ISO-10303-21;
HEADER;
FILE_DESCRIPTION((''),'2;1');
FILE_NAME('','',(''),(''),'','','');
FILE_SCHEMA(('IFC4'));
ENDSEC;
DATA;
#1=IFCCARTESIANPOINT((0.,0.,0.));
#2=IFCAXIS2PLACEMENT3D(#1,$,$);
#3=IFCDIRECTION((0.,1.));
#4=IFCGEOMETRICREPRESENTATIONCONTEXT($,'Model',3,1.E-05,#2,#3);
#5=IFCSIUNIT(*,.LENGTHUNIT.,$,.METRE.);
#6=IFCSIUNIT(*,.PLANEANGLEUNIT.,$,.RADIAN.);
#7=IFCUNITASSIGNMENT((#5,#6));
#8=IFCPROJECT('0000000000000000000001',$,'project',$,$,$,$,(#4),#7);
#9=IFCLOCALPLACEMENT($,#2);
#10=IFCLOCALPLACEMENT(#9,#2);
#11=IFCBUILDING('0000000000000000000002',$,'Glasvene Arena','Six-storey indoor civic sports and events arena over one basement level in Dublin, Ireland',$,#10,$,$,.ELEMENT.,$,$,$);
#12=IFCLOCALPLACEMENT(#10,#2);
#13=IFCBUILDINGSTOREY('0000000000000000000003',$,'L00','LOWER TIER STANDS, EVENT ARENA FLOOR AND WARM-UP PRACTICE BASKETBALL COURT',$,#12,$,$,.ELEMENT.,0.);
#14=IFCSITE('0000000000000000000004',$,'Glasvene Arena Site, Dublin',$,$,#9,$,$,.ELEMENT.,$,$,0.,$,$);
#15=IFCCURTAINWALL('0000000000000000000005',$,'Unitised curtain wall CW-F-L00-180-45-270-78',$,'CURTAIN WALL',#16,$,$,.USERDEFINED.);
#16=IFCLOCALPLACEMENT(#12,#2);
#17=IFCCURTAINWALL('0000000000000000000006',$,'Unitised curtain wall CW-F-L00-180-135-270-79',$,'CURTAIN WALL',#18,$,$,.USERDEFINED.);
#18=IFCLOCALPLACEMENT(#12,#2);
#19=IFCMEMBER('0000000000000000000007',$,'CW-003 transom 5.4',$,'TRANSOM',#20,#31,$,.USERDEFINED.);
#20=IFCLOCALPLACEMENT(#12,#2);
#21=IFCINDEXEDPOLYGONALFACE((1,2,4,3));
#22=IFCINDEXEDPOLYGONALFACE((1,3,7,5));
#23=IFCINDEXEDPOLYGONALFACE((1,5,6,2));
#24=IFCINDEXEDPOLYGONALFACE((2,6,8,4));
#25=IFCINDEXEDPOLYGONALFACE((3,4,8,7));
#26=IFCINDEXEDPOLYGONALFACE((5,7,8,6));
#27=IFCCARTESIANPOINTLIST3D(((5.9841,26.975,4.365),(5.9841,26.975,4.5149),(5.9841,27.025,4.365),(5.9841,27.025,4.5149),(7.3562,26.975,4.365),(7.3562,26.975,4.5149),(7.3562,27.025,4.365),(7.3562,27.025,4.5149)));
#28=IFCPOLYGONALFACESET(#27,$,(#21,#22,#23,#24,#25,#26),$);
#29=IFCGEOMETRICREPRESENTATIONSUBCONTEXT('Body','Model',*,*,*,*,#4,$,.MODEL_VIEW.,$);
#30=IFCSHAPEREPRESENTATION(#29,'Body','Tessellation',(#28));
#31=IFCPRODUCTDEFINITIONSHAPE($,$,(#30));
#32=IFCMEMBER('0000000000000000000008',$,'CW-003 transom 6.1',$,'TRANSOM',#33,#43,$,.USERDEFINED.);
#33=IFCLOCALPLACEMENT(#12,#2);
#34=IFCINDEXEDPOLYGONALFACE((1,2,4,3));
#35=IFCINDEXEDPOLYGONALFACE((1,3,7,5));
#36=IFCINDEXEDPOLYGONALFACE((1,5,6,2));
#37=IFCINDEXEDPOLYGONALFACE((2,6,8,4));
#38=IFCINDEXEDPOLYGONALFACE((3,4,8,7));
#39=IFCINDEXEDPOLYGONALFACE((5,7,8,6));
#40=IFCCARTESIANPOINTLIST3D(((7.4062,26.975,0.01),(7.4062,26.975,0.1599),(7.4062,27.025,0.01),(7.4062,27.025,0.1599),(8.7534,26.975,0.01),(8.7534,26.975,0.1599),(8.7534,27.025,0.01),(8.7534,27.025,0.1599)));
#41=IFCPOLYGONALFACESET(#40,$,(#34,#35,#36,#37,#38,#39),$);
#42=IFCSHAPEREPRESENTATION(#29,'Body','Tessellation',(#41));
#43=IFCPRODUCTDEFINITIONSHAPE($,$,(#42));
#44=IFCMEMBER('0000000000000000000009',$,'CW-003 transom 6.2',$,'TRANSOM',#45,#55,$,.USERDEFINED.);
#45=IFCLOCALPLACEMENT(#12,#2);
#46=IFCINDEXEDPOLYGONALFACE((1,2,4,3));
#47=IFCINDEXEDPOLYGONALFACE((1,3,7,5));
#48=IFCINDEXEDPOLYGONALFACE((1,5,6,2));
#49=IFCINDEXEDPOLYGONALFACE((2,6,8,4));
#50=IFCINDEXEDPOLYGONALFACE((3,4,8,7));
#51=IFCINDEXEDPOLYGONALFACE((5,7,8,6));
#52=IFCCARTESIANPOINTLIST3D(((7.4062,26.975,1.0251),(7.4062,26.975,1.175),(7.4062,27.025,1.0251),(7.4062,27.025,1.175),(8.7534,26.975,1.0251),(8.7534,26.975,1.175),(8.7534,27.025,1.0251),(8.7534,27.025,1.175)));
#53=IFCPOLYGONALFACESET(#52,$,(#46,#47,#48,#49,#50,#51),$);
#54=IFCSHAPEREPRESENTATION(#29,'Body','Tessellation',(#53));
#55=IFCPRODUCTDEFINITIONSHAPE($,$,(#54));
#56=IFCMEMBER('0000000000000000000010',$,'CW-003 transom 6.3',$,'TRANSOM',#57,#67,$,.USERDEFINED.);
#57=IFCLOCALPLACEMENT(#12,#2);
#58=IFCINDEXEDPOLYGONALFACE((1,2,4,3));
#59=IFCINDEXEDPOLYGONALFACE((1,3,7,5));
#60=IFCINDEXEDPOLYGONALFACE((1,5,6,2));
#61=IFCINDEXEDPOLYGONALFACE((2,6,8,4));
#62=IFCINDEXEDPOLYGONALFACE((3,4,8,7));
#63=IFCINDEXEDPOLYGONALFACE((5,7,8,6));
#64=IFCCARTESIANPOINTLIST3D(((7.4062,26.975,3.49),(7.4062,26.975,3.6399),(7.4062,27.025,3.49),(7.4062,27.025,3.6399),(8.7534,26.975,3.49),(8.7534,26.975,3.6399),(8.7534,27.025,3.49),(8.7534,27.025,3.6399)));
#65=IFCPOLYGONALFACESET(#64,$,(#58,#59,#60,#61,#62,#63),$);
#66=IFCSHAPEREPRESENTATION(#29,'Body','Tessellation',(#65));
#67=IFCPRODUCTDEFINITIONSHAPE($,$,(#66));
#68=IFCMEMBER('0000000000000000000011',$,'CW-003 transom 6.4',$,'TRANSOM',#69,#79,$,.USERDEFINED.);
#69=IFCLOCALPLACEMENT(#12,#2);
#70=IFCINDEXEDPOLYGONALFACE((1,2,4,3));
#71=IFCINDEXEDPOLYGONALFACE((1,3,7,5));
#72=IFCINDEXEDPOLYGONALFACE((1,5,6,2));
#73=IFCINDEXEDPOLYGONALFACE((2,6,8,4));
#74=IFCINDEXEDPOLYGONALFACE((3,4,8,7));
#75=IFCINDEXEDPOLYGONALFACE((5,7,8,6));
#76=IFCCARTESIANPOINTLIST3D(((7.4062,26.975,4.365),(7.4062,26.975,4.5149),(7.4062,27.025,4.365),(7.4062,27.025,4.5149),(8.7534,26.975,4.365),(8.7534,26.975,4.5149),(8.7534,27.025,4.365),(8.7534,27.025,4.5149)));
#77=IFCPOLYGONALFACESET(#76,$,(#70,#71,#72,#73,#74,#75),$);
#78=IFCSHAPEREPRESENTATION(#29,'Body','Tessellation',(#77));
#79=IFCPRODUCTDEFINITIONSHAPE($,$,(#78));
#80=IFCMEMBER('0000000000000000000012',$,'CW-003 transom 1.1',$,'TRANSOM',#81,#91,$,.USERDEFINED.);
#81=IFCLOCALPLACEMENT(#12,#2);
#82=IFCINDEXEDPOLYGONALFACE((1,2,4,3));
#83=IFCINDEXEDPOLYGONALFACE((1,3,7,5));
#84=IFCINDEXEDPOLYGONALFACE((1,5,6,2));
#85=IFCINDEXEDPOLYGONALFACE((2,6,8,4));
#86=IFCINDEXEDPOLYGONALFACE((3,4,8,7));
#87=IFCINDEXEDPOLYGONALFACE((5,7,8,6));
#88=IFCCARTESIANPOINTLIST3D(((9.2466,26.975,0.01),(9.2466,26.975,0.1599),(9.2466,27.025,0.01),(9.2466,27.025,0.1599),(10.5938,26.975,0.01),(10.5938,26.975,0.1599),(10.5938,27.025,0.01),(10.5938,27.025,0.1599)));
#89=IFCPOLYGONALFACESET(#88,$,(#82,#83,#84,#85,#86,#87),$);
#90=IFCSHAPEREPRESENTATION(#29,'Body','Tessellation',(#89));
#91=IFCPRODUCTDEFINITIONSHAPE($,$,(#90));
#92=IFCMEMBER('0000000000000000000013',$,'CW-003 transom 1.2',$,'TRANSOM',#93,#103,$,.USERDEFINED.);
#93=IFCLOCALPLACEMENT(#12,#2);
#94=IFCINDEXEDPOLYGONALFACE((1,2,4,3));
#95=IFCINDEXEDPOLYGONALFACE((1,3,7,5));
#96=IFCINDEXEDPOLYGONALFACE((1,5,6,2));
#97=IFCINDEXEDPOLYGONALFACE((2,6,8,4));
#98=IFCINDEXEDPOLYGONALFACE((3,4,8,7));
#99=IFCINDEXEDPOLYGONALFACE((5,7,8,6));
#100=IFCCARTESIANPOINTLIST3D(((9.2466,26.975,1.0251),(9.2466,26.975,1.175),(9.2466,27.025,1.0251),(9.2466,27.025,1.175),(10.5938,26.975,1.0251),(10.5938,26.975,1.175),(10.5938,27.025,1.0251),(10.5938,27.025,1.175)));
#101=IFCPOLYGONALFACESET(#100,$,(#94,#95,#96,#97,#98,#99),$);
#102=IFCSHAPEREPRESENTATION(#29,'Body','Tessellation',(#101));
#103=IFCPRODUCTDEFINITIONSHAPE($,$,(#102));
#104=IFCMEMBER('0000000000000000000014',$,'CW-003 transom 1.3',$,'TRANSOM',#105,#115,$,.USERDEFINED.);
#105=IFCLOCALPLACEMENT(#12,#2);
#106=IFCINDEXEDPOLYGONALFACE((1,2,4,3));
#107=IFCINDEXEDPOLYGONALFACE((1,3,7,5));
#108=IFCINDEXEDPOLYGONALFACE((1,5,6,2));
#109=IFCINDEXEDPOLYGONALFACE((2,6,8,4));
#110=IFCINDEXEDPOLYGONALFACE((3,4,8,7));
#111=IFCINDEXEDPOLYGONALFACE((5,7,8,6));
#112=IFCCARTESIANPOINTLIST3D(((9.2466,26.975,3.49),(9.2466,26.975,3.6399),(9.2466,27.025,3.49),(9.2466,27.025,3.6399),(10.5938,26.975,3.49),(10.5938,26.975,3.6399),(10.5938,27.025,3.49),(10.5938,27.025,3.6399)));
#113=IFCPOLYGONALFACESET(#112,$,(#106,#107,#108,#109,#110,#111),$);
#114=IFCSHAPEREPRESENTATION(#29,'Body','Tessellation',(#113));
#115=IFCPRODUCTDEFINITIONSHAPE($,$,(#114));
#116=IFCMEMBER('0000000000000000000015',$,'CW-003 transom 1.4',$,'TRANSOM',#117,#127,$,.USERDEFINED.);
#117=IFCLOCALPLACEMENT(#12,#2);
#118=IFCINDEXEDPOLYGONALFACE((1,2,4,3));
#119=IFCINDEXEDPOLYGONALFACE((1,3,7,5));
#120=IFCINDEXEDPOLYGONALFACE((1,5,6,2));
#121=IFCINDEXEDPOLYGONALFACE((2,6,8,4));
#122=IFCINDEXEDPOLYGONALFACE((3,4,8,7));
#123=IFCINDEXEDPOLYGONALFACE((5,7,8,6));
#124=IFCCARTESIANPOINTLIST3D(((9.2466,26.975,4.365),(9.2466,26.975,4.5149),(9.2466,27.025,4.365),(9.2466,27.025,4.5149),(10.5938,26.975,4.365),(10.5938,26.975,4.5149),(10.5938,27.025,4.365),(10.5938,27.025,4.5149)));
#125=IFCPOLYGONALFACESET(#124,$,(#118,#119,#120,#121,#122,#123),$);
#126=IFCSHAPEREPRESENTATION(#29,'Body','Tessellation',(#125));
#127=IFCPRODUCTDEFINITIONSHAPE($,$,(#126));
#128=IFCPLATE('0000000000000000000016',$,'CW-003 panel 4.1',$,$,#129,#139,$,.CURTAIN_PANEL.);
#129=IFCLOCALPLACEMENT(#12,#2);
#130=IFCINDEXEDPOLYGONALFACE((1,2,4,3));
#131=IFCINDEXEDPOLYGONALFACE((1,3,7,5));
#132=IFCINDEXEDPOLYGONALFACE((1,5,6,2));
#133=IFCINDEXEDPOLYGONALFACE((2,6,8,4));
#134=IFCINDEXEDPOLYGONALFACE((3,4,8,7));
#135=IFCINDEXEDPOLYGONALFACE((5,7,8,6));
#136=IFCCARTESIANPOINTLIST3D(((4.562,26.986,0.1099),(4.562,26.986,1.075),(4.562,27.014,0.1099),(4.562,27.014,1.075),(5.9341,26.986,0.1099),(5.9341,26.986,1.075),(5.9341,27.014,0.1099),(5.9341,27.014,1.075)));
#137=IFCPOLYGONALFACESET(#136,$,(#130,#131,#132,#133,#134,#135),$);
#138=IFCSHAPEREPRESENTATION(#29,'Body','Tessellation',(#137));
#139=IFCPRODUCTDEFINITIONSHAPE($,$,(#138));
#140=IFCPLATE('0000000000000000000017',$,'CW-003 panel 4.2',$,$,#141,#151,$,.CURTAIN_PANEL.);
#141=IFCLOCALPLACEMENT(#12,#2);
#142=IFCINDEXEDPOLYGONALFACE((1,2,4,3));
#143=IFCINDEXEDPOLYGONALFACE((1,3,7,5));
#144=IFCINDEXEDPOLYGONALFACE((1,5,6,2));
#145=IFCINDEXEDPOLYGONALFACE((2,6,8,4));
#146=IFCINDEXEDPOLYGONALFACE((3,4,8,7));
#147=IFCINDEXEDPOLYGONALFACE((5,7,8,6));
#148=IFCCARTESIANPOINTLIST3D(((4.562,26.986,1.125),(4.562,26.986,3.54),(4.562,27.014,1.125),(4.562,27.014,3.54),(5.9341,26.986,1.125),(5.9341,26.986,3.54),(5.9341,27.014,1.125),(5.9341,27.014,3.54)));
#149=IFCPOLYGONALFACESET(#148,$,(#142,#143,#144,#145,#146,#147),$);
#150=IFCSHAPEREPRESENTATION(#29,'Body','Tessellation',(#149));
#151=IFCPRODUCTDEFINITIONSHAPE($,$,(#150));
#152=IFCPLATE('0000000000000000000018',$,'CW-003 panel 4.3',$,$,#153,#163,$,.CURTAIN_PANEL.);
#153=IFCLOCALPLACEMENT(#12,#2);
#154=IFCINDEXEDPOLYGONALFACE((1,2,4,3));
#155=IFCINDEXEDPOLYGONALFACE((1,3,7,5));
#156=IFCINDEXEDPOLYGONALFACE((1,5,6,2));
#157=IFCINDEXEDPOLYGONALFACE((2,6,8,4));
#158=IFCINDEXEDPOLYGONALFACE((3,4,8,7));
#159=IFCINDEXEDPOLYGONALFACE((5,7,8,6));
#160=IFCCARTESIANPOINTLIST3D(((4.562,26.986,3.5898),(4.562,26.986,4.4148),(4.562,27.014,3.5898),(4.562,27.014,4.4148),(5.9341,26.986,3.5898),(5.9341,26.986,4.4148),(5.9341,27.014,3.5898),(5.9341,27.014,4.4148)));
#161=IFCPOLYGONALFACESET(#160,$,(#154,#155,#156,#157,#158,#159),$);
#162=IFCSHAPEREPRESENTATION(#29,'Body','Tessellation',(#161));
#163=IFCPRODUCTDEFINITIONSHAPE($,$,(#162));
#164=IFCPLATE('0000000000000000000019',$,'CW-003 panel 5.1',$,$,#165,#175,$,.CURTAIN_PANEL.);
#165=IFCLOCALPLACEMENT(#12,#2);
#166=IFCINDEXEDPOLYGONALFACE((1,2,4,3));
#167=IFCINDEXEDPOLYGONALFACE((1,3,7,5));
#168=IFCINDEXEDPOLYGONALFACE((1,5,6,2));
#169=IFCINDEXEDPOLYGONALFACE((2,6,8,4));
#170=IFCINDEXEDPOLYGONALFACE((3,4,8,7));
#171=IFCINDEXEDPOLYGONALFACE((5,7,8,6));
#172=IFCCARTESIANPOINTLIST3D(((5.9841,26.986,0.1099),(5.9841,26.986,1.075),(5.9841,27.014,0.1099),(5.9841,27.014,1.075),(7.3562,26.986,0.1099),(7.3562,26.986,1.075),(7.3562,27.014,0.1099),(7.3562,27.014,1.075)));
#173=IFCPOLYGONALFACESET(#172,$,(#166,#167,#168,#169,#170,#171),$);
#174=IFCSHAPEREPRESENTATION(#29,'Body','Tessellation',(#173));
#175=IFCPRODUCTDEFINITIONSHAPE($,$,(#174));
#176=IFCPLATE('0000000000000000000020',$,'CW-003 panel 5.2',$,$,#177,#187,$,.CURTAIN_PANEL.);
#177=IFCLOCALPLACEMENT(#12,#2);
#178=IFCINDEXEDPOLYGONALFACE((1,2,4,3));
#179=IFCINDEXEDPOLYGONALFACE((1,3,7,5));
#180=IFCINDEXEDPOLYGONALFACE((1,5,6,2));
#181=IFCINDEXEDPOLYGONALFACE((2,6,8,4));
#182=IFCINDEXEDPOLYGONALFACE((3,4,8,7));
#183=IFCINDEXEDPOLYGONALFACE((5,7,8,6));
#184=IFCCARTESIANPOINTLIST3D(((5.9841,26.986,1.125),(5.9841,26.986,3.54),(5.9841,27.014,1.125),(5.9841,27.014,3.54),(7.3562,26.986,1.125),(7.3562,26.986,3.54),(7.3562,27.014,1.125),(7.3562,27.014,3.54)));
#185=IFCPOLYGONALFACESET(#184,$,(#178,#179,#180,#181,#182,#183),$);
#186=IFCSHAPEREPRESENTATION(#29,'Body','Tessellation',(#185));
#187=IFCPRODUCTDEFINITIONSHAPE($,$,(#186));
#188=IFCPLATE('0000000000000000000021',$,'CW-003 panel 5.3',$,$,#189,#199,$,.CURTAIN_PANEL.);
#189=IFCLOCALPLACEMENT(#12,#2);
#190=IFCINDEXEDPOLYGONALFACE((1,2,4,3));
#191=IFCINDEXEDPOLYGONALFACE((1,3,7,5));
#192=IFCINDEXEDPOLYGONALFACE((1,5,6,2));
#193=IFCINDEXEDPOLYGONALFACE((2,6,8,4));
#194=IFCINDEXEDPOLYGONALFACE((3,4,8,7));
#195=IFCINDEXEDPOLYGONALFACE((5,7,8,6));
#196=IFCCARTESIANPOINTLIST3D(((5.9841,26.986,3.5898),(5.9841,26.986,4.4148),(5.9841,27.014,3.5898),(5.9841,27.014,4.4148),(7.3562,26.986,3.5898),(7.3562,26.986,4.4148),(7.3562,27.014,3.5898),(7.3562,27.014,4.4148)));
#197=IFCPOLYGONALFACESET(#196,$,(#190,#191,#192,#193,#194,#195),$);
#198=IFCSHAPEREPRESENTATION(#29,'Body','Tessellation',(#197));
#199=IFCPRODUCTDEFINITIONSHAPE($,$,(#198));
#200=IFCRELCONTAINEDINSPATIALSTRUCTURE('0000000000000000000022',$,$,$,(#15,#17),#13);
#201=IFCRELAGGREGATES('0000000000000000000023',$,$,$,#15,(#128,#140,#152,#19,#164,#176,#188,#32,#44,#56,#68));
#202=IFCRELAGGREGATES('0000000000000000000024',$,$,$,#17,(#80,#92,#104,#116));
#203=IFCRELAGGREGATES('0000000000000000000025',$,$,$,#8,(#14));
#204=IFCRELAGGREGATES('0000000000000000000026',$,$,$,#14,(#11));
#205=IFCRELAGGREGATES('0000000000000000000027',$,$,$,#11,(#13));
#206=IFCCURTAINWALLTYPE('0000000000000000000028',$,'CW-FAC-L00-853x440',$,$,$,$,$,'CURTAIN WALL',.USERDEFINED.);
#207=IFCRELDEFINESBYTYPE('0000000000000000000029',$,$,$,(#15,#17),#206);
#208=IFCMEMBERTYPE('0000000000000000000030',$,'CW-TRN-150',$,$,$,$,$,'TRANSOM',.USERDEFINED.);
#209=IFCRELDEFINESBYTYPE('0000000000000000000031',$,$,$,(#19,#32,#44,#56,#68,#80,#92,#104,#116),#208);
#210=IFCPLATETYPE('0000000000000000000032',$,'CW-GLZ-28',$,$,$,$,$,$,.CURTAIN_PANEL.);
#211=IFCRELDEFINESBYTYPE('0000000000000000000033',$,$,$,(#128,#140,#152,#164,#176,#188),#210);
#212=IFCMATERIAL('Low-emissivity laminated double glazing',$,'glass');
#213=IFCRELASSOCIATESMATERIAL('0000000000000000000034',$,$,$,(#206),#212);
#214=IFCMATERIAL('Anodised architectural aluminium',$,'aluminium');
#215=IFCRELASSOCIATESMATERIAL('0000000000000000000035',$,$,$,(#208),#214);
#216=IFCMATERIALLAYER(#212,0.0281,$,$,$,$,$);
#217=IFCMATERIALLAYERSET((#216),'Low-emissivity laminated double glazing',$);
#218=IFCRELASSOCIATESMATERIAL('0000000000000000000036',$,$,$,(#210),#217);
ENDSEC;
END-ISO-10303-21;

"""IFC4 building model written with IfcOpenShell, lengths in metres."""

from ifc_helpers import new_model, si_unit, direction, frame, origin, origin_2d, place, context, subcontext, project, spatial, rectangle, extrude, material, layer, layer_set, material_profile, profile_set, type_object, element, aggregate, save


model = new_model("IFC4")

# Units and contexts
model_context = context("Model", 3, precision=1e-05, world=origin(), true_north=direction((0.0, 1.0)))
body_context = subcontext(model_context, "Body", "Model", "MODEL_VIEW")
ifc_project = project(units=[si_unit("LENGTHUNIT", "METRE"), si_unit("PLANEANGLEUNIT", "RADIAN")], contexts=[model_context])

# Site, building, storey
site_placement = place(None, origin())
site = spatial("IfcSite", under=ifc_project, at=site_placement, Name="Glasvene Arena Site, Dublin", CompositionType="ELEMENT", RefElevation=0.0)
building_placement = place(site_placement, origin())
building = spatial("IfcBuilding", under=site, at=building_placement, Name="Glasvene Arena", Description="Six-storey indoor civic sports and events arena over one basement level in Dublin, Ireland", CompositionType="ELEMENT")
storey_placement = place(building_placement, origin())
storey = spatial("IfcBuildingStorey", under=building, at=storey_placement, Name="L00", Description="LOWER TIER STANDS, EVENT ARENA FLOOR AND WARM-UP PRACTICE BASKETBALL COURT", CompositionType="ELEMENT", Elevation=0.0)

# Curtain wall
ifc_material_1 = material(Name="Low-emissivity laminated double glazing", Category="glass")
curtain_wall_type = type_object("IfcCurtainWallType", Name="CW-FAC-L00-853x440", ElementType="CURTAIN WALL", PredefinedType="USERDEFINED", material=ifc_material_1)
curtain_wall_1_placement = place(storey_placement, frame((0.2705, 27.0, 0.0)))
curtain_wall_1 = element("IfcCurtainWall", 1, at=curtain_wall_1_placement, inside=storey, type_object=curtain_wall_type, Name="Unitised curtain wall CW-F-L00-180-45-270-78", ObjectType="CURTAIN WALL", PredefinedType="USERDEFINED")
ifc_material_2 = material(Name="Anodised architectural aluminium", Category="aluminium")

# Curtain wall
curtain_wall_2_placement = place(storey_placement, frame((9.1965, 27.0, 0.0)))
curtain_wall_2 = element("IfcCurtainWall", 2, at=curtain_wall_2_placement, inside=storey, type_object=curtain_wall_type, Name="Unitised curtain wall CW-F-L00-180-135-270-79", ObjectType="CURTAIN WALL", PredefinedType="USERDEFINED")

# Members
ifc_material_profile_1 = material_profile(ifc_material_2, rectangle(XDim=0.05, YDim=0.1499, at=origin_2d()), Name="ALU TRANSOM 50x150")
ifc_profile_set_1 = profile_set([ifc_material_profile_1], Name="Anodised architectural aluminium")
member_type_1 = type_object("IfcMemberType", Name="CW-TRN-150", ElementType="TRANSOM", PredefinedType="USERDEFINED", material=ifc_profile_set_1)
member_1_placement = place(storey_placement, frame((5.9841, 27.0, 4.4399), z_axis=(1.0, 0.0, 0.0), x_axis=(0.0, 1.0, 0.0)))
member_1 = element("IfcMember", 3, at=member_1_placement, type_object=member_type_1, Name="CW-003 transom 5.4", ObjectType="TRANSOM", PredefinedType="USERDEFINED", context=body_context, shape_type="SweptSolid", body=[
    extrude(rectangle(XDim=0.05, YDim=0.1499, at=origin_2d()), origin(), (0.0, 0.0, 1.0), 1.3721),
])
member_2_placement = place(storey_placement, frame((7.4062, 27.0, 0.085), z_axis=(1.0, 0.0, 0.0), x_axis=(0.0, 1.0, 0.0)))
member_2 = element("IfcMember", 4, at=member_2_placement, type_object=member_type_1, Name="CW-003 transom 6.1", ObjectType="TRANSOM", PredefinedType="USERDEFINED", context=body_context, shape_type="SweptSolid", body=[
    extrude(rectangle(XDim=0.05, YDim=0.1499, at=origin_2d()), origin(), (0.0, 0.0, 1.0), 1.3472),
])
member_3_placement = place(storey_placement, frame((7.4062, 27.0, 1.1001), z_axis=(1.0, 0.0, 0.0), x_axis=(0.0, 1.0, 0.0)))
member_3 = element("IfcMember", 5, at=member_3_placement, type_object=member_type_1, Name="CW-003 transom 6.2", ObjectType="TRANSOM", PredefinedType="USERDEFINED", context=body_context, shape_type="SweptSolid", body=[
    extrude(rectangle(XDim=0.05, YDim=0.1499, at=origin_2d()), origin(), (0.0, 0.0, 1.0), 1.3472),
])
member_4_placement = place(storey_placement, frame((7.4062, 27.0, 3.5649), z_axis=(1.0, 0.0, 0.0), x_axis=(0.0, 1.0, 0.0)))
member_4 = element("IfcMember", 6, at=member_4_placement, type_object=member_type_1, Name="CW-003 transom 6.3", ObjectType="TRANSOM", PredefinedType="USERDEFINED", context=body_context, shape_type="SweptSolid", body=[
    extrude(rectangle(XDim=0.05, YDim=0.1499, at=origin_2d()), origin(), (0.0, 0.0, 1.0), 1.3472),
])
member_5_placement = place(storey_placement, frame((7.4062, 27.0, 4.4399), z_axis=(1.0, 0.0, 0.0), x_axis=(0.0, 1.0, 0.0)))
member_5 = element("IfcMember", 7, at=member_5_placement, type_object=member_type_1, Name="CW-003 transom 6.4", ObjectType="TRANSOM", PredefinedType="USERDEFINED", context=body_context, shape_type="SweptSolid", body=[
    extrude(rectangle(XDim=0.05, YDim=0.1499, at=origin_2d()), origin(), (0.0, 0.0, 1.0), 1.3472),
])
member_6_placement = place(storey_placement, frame((9.2466, 27.0, 0.085), z_axis=(1.0, 0.0, 0.0), x_axis=(0.0, 1.0, 0.0)))
member_6 = element("IfcMember", 8, at=member_6_placement, type_object=member_type_1, Name="CW-003 transom 1.1", ObjectType="TRANSOM", PredefinedType="USERDEFINED", context=body_context, shape_type="SweptSolid", body=[
    extrude(rectangle(XDim=0.05, YDim=0.1499, at=origin_2d()), origin(), (0.0, 0.0, 1.0), 1.3472),
])
member_7_placement = place(storey_placement, frame((9.2466, 27.0, 1.1001), z_axis=(1.0, 0.0, 0.0), x_axis=(0.0, 1.0, 0.0)))
member_7 = element("IfcMember", 9, at=member_7_placement, type_object=member_type_1, Name="CW-003 transom 1.2", ObjectType="TRANSOM", PredefinedType="USERDEFINED", context=body_context, shape_type="SweptSolid", body=[
    extrude(rectangle(XDim=0.05, YDim=0.1499, at=origin_2d()), origin(), (0.0, 0.0, 1.0), 1.3472),
])
member_8_placement = place(storey_placement, frame((9.2466, 27.0, 3.5649), z_axis=(1.0, 0.0, 0.0), x_axis=(0.0, 1.0, 0.0)))
member_8 = element("IfcMember", 10, at=member_8_placement, type_object=member_type_1, Name="CW-003 transom 1.3", ObjectType="TRANSOM", PredefinedType="USERDEFINED", context=body_context, shape_type="SweptSolid", body=[
    extrude(rectangle(XDim=0.05, YDim=0.1499, at=origin_2d()), origin(), (0.0, 0.0, 1.0), 1.3472),
])
member_9_placement = place(storey_placement, frame((9.2466, 27.0, 4.4399), z_axis=(1.0, 0.0, 0.0), x_axis=(0.0, 1.0, 0.0)))
member_9 = element("IfcMember", 11, at=member_9_placement, type_object=member_type_1, Name="CW-003 transom 1.4", ObjectType="TRANSOM", PredefinedType="USERDEFINED", context=body_context, shape_type="SweptSolid", body=[
    extrude(rectangle(XDim=0.05, YDim=0.1499, at=origin_2d()), origin(), (0.0, 0.0, 1.0), 1.3472),
])

# Plates
ifc_layer = layer(ifc_material_1, 0.0281)
ifc_layer_set = layer_set([ifc_layer], Name="Low-emissivity laminated double glazing")
plate_type = type_object("IfcPlateType", Name="CW-GLZ-28", PredefinedType="CURTAIN_PANEL", material=ifc_layer_set)
plate_1_placement = place(storey_placement, frame((5.248, 27.0, 0.1099), z_axis=(0.0, 0.0, 1.0), x_axis=(1.0, 0.0, 0.0)))
plate_1 = element("IfcPlate", 12, at=plate_1_placement, type_object=plate_type, Name="CW-003 panel 4.1", PredefinedType="CURTAIN_PANEL", context=body_context, shape_type="SweptSolid", body=[
    extrude(rectangle(XDim=1.3721, YDim=0.0281, at=origin_2d()), origin(), (0.0, 0.0, 1.0), 0.9651),
])
plate_2_placement = place(storey_placement, frame((5.248, 27.0, 1.125), z_axis=(0.0, 0.0, 1.0), x_axis=(1.0, 0.0, 0.0)))
plate_2 = element("IfcPlate", 13, at=plate_2_placement, type_object=plate_type, Name="CW-003 panel 4.2", PredefinedType="CURTAIN_PANEL", context=body_context, shape_type="SweptSolid", body=[
    extrude(rectangle(XDim=1.3721, YDim=0.0281, at=origin_2d()), origin(), (0.0, 0.0, 1.0), 2.415),
])
plate_3_placement = place(storey_placement, frame((5.248, 27.0, 3.5898), z_axis=(0.0, 0.0, 1.0), x_axis=(1.0, 0.0, 0.0)))
plate_3 = element("IfcPlate", 14, at=plate_3_placement, type_object=plate_type, Name="CW-003 panel 4.3", PredefinedType="CURTAIN_PANEL", context=body_context, shape_type="SweptSolid", body=[
    extrude(rectangle(XDim=1.3721, YDim=0.0281, at=origin_2d()), origin(), (0.0, 0.0, 1.0), 0.825),
])
plate_4_placement = place(storey_placement, frame((6.6702, 27.0, 0.1099), z_axis=(0.0, 0.0, 1.0), x_axis=(1.0, 0.0, 0.0)))
plate_4 = element("IfcPlate", 15, at=plate_4_placement, type_object=plate_type, Name="CW-003 panel 5.1", PredefinedType="CURTAIN_PANEL", context=body_context, shape_type="SweptSolid", body=[
    extrude(rectangle(XDim=1.3721, YDim=0.0281, at=origin_2d()), origin(), (0.0, 0.0, 1.0), 0.9651),
])
plate_5_placement = place(storey_placement, frame((6.6702, 27.0, 1.125), z_axis=(0.0, 0.0, 1.0), x_axis=(1.0, 0.0, 0.0)))
plate_5 = element("IfcPlate", 16, at=plate_5_placement, type_object=plate_type, Name="CW-003 panel 5.2", PredefinedType="CURTAIN_PANEL", context=body_context, shape_type="SweptSolid", body=[
    extrude(rectangle(XDim=1.3721, YDim=0.0281, at=origin_2d()), origin(), (0.0, 0.0, 1.0), 2.415),
])
plate_6_placement = place(storey_placement, frame((6.6702, 27.0, 3.5898), z_axis=(0.0, 0.0, 1.0), x_axis=(1.0, 0.0, 0.0)))
plate_6 = element("IfcPlate", 17, at=plate_6_placement, type_object=plate_type, Name="CW-003 panel 5.3", PredefinedType="CURTAIN_PANEL", context=body_context, shape_type="SweptSolid", body=[
    extrude(rectangle(XDim=1.3721, YDim=0.0281, at=origin_2d()), origin(), (0.0, 0.0, 1.0), 0.825),
])
aggregate(curtain_wall_1, [plate_1, plate_2, plate_3, member_1, plate_4, plate_5, plate_6, member_2, member_3, member_4, member_5])
aggregate(curtain_wall_2, [member_6, member_7, member_8, member_9])

save(model, "model.ifc")
